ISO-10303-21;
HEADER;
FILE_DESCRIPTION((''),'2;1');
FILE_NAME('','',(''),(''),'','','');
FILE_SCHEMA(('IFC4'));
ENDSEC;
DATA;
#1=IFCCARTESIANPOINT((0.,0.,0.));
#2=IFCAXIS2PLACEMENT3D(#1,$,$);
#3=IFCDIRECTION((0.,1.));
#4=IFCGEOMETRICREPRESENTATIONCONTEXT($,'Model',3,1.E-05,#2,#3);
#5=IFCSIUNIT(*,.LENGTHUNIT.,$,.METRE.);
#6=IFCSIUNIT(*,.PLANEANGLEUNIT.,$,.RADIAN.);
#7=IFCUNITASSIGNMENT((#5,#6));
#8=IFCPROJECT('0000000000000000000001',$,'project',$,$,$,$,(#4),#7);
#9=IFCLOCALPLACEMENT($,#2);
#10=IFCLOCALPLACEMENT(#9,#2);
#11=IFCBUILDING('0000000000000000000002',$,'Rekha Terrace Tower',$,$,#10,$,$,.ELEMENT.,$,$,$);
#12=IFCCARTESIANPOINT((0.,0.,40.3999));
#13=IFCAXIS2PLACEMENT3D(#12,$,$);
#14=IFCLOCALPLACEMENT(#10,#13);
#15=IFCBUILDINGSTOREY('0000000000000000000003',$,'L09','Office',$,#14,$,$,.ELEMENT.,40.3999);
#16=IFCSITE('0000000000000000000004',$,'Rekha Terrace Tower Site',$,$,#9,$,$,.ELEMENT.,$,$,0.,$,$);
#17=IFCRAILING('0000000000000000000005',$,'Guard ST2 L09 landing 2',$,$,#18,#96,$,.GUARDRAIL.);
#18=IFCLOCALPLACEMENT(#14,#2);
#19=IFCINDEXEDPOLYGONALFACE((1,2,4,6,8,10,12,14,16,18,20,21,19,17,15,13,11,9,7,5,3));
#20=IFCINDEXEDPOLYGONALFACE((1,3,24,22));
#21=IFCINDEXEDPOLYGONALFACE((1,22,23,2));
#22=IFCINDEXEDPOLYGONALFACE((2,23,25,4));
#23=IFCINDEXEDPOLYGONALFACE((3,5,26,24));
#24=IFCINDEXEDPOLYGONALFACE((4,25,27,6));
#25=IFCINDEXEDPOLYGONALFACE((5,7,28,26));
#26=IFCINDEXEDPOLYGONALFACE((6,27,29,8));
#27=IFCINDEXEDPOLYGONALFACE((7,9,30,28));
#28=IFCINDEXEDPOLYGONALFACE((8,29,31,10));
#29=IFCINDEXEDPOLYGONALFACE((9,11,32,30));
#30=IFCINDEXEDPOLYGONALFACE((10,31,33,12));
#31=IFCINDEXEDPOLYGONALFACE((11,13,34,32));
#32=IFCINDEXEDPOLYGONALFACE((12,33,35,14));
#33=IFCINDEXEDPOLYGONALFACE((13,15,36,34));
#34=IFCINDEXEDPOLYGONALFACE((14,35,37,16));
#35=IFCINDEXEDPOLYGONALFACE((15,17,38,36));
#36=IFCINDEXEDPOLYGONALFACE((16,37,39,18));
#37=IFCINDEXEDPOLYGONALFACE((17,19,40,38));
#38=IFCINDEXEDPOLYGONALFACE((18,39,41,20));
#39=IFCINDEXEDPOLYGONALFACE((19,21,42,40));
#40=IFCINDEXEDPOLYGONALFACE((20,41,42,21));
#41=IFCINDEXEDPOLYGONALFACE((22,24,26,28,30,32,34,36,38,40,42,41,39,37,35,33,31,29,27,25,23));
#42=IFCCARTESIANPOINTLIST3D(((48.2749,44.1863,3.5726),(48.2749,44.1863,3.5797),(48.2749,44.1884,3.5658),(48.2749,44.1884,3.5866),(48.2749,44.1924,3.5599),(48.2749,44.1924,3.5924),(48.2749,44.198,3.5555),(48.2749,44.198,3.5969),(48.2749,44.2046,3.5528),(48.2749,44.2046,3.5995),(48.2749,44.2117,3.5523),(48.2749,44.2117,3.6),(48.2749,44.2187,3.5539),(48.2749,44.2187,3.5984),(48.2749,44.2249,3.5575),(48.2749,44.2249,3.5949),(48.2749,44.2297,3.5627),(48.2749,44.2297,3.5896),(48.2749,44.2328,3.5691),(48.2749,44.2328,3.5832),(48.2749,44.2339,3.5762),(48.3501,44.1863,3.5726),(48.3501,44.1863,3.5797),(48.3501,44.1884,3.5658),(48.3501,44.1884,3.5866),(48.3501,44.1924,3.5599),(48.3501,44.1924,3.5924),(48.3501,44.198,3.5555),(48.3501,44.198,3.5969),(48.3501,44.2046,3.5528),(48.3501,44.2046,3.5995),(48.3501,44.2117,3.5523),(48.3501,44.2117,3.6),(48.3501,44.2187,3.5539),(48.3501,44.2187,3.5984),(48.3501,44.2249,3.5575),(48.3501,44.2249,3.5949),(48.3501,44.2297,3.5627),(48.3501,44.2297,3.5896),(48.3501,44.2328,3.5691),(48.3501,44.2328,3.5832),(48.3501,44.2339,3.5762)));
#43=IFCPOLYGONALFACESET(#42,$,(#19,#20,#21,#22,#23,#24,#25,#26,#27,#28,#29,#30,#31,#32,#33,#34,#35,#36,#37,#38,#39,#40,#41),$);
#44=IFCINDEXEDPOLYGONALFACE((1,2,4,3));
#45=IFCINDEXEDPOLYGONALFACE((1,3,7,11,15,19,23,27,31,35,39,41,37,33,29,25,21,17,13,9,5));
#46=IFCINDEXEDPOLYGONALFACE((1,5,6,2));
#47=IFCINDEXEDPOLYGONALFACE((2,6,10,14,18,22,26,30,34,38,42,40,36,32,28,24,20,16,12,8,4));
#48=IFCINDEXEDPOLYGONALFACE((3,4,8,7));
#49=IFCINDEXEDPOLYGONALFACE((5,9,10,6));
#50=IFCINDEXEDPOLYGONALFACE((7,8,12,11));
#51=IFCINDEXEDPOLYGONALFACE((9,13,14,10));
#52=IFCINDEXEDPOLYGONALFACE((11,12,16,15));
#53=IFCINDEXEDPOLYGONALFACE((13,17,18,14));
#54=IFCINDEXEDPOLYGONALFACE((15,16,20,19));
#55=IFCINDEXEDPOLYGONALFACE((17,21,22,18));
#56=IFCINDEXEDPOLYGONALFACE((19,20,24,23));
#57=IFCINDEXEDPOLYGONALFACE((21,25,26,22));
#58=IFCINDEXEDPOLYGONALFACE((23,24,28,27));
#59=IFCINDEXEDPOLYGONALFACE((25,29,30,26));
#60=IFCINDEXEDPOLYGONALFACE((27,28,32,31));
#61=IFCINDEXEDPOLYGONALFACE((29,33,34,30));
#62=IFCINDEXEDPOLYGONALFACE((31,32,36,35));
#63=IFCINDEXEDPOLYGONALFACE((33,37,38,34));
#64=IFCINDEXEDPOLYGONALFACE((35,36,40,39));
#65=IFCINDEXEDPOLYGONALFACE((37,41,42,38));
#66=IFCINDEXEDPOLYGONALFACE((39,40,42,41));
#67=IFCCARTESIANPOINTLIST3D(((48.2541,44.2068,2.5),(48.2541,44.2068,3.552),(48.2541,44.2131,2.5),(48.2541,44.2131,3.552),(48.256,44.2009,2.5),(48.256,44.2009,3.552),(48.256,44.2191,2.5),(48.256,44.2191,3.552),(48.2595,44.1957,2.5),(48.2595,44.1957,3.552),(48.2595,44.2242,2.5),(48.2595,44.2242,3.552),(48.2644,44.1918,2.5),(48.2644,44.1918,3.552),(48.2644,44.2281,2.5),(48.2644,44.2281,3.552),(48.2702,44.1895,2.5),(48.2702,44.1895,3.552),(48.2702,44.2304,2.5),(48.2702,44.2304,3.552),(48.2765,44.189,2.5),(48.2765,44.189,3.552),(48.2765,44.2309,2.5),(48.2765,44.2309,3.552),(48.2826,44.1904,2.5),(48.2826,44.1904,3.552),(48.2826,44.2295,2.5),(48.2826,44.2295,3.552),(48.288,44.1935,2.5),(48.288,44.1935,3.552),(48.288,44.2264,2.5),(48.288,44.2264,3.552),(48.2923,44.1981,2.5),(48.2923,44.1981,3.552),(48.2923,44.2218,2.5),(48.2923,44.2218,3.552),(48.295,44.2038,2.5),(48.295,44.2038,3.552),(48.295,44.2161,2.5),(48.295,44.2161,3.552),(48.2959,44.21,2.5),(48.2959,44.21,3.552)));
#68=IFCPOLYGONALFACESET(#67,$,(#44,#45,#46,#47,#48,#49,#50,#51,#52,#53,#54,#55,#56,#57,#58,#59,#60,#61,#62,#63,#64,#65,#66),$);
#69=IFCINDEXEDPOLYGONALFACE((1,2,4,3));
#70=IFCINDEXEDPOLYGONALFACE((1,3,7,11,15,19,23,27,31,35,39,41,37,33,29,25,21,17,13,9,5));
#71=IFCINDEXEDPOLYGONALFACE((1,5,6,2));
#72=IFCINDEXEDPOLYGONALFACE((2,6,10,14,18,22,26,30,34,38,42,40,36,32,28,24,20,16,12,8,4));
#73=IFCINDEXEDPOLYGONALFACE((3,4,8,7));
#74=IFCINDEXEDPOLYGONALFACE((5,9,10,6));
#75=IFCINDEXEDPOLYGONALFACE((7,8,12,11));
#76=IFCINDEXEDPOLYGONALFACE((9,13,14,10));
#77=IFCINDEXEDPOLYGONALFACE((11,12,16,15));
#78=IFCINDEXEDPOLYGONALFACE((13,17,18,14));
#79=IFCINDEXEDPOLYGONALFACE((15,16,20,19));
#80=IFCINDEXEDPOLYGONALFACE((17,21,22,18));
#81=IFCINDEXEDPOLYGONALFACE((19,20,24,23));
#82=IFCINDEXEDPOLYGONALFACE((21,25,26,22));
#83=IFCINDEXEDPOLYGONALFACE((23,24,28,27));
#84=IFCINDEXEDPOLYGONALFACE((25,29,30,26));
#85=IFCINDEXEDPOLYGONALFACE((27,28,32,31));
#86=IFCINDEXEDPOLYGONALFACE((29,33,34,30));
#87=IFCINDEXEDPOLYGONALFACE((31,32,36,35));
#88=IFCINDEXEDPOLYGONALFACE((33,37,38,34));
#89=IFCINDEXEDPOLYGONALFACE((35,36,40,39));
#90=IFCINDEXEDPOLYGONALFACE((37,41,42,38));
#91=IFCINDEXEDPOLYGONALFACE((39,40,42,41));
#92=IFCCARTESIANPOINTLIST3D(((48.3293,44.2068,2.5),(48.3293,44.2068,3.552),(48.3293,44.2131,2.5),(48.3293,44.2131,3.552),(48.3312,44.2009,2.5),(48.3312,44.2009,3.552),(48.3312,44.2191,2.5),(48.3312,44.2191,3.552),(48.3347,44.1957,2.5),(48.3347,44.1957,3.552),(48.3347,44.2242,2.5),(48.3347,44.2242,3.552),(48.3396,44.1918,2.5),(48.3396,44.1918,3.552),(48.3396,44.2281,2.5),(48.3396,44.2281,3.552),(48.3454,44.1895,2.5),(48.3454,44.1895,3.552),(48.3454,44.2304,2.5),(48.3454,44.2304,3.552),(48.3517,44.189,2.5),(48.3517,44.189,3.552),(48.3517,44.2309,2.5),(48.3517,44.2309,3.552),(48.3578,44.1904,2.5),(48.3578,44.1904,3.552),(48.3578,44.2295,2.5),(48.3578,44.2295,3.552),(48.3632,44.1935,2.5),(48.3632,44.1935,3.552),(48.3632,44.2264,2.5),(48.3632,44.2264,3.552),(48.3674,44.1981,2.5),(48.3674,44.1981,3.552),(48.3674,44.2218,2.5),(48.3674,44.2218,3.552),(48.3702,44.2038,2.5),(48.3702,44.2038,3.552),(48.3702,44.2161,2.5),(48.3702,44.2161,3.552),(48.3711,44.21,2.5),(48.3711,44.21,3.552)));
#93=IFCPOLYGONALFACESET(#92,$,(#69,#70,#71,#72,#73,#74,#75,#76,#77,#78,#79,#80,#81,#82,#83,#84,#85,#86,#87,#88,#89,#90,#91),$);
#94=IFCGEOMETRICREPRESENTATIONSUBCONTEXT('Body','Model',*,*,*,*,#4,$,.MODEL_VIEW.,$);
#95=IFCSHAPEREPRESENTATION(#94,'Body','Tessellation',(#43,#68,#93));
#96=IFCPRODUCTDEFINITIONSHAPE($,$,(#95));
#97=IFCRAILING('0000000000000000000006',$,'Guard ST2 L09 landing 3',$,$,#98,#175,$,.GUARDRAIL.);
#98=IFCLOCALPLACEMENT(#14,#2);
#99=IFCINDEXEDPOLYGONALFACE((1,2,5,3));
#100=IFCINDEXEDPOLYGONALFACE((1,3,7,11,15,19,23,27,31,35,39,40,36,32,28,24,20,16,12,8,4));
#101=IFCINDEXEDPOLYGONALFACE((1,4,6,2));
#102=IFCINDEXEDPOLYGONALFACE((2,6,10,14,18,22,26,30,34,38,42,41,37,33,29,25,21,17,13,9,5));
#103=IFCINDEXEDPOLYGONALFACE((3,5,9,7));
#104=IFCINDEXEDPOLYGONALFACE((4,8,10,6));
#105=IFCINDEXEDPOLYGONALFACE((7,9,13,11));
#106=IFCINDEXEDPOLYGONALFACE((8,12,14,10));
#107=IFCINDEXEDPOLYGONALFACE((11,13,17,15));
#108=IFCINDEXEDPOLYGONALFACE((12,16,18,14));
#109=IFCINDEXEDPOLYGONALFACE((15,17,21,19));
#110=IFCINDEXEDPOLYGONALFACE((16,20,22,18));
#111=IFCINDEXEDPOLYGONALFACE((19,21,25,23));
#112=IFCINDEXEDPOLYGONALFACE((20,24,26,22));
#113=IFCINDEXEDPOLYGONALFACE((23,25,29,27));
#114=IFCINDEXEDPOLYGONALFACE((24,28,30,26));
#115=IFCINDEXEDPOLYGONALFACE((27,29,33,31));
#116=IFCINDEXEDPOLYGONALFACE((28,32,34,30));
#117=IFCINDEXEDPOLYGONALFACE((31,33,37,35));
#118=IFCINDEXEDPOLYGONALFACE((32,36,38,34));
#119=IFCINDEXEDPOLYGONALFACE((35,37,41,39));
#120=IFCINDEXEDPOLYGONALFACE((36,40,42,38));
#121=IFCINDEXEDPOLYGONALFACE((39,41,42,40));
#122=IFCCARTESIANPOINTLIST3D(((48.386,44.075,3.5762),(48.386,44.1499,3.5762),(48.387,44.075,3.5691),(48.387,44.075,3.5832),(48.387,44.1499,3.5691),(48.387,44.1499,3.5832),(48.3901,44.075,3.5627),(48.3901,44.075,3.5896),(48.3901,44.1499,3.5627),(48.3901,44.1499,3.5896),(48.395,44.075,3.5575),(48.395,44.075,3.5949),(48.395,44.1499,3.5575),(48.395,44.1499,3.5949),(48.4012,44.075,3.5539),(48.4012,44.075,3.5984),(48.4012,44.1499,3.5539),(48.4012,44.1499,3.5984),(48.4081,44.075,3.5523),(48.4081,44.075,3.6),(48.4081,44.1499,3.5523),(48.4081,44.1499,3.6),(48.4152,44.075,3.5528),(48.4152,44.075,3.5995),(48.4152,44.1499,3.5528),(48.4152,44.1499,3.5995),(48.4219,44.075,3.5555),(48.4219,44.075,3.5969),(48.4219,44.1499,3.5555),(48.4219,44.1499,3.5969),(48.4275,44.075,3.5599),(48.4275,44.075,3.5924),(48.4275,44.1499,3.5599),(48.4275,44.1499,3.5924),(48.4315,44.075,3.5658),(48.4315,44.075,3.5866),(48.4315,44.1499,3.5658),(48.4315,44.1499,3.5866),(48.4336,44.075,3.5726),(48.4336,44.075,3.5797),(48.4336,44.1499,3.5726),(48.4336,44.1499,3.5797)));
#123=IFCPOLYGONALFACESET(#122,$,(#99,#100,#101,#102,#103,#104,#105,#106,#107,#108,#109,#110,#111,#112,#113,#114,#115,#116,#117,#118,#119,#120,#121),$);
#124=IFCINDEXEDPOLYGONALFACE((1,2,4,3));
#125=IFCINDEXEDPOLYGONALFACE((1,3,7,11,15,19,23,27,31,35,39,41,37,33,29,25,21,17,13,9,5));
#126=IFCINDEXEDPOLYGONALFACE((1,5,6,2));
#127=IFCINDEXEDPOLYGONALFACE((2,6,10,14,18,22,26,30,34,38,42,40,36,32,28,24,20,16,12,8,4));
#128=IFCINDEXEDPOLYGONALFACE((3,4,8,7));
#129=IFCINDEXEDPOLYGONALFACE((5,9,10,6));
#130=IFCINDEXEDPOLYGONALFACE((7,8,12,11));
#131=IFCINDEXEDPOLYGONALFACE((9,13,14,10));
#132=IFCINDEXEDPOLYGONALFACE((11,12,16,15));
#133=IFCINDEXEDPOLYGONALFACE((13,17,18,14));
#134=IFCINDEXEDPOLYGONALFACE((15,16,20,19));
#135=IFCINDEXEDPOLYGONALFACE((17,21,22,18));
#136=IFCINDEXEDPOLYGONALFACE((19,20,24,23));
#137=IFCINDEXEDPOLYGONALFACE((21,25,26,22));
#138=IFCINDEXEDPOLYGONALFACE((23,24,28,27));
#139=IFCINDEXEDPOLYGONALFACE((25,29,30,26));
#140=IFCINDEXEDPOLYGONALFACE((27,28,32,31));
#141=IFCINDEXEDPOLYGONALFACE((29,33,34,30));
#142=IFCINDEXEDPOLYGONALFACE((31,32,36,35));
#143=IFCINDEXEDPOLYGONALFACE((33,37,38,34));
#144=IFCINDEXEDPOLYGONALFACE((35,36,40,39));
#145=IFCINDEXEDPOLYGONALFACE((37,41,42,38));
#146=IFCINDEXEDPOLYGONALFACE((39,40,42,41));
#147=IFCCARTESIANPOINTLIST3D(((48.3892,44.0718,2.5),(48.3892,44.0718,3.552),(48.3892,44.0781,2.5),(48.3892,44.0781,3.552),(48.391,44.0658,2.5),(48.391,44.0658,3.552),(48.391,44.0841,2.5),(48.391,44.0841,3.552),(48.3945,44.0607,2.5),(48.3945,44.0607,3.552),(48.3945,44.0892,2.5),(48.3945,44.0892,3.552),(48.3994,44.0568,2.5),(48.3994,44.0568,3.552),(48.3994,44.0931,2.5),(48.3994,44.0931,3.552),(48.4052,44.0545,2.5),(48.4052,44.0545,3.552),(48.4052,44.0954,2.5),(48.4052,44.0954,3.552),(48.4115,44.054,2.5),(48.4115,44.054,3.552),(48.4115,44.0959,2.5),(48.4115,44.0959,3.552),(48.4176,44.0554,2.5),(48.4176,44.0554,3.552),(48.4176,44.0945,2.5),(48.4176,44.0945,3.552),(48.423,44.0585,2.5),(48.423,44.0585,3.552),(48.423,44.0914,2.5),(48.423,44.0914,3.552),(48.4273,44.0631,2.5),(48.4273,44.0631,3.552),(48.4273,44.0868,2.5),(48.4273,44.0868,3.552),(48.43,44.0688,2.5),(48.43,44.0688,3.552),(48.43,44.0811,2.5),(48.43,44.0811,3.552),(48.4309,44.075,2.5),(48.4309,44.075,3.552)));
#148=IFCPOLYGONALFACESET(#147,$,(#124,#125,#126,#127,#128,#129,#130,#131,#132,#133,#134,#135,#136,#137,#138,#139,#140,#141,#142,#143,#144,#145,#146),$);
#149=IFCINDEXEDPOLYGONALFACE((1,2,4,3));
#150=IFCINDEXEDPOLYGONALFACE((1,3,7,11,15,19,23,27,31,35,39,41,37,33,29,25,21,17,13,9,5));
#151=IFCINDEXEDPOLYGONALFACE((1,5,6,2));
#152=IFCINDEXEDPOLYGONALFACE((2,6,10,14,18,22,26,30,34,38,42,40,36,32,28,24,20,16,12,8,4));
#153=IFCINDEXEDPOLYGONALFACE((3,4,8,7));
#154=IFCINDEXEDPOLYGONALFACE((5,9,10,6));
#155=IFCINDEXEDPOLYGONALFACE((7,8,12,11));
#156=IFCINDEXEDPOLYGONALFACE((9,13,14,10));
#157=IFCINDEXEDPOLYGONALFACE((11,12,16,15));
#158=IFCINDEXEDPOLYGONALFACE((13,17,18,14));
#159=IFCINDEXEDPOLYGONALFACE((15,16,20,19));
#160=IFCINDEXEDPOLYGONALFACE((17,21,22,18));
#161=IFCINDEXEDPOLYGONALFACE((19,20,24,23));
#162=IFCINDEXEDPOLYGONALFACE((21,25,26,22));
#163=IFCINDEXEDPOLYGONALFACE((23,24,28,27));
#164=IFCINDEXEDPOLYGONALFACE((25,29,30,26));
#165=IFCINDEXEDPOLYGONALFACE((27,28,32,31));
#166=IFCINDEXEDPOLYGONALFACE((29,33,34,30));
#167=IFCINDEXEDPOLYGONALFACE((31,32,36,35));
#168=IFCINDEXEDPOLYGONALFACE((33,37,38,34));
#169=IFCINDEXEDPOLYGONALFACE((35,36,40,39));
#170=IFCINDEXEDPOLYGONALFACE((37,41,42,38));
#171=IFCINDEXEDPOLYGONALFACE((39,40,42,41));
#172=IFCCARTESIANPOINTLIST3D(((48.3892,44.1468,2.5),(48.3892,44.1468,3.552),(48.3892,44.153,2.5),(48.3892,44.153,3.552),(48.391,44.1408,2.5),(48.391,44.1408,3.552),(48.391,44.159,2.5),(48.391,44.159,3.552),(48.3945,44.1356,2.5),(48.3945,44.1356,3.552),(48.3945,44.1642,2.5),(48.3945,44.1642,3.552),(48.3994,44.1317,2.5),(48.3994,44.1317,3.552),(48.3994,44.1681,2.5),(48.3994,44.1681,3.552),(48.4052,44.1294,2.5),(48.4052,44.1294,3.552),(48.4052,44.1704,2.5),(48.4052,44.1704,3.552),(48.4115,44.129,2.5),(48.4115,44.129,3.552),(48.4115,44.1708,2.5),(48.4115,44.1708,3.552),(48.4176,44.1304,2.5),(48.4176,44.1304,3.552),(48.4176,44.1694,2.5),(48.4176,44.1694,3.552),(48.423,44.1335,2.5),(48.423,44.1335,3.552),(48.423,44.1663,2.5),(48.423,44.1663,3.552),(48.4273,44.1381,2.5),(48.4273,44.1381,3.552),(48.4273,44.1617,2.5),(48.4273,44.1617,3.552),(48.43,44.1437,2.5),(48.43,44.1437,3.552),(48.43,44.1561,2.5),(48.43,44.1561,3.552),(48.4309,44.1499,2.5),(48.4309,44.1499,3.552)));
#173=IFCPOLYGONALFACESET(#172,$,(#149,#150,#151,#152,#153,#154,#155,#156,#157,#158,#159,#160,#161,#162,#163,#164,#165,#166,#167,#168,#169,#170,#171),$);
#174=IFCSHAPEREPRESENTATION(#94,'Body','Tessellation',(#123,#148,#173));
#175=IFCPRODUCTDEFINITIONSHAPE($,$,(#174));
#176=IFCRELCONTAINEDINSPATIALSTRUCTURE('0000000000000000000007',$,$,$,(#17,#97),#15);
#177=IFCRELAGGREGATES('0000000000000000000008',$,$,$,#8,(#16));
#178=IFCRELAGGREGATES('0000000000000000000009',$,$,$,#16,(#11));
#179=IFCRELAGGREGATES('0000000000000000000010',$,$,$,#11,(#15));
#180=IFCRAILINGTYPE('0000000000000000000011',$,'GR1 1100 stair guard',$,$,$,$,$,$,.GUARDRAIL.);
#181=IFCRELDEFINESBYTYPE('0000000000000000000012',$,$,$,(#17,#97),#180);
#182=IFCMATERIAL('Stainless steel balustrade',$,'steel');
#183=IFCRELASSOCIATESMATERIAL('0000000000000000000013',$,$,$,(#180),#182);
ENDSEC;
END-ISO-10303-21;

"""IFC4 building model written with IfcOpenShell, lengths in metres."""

from ifc_helpers import new_model, si_unit, direction, frame, origin, origin_2d, place, context, subcontext, project, spatial, circle, extrude, material, type_object, element, save


model = new_model("IFC4")

# Units and contexts
model_context = context("Model", 3, precision=1e-05, world=origin(), true_north=direction((0.0, 1.0)))
body_context = subcontext(model_context, "Body", "Model", "MODEL_VIEW")
ifc_project = project(units=[si_unit("LENGTHUNIT", "METRE"), si_unit("PLANEANGLEUNIT", "RADIAN")], contexts=[model_context])

# Site, building, storey
site_placement = place(None, origin())
site = spatial("IfcSite", under=ifc_project, at=site_placement, Name="Rekha Terrace Tower Site", CompositionType="ELEMENT", RefElevation=0.0)
building_placement = place(site_placement, origin())
building = spatial("IfcBuilding", under=site, at=building_placement, Name="Rekha Terrace Tower", CompositionType="ELEMENT")
storey_placement = place(building_placement, frame((0.0, 0.0, 40.3999)))
storey = spatial("IfcBuildingStorey", under=building, at=storey_placement, Name="L09", Description="Office", CompositionType="ELEMENT", Elevation=40.3999)

# Railings
ifc_material_1 = material(Name="Stainless steel balustrade", Category="steel")
railing_type_1 = type_object("IfcRailingType", Name="GR1 1100 stair guard", PredefinedType="GUARDRAIL", material=ifc_material_1)
railing_1_placement = place(storey_placement, frame((48.2749, 44.21, 2.5)))
element("IfcRailing", 1, at=railing_1_placement, inside=storey, type_object=railing_type_1, Name="Guard ST2 L09 landing 2", PredefinedType="GUARDRAIL", context=body_context, shape_type="SweptSolid", body=[
    extrude(circle(Radius=0.0239, at=origin_2d()), frame((0.0, 0.0, 1.0762), z_axis=(1.0, 0.0, 0.0), x_axis=(0.0, 1.0, 0.0)), (0.0, 0.0, 1.0), 0.0752),
    extrude(circle(Radius=0.021, at=origin_2d()), origin(), (0.0, 0.0, 1.0), 1.052),
    extrude(circle(Radius=0.021, at=origin_2d()), frame((0.0752, 0.0, 0.0)), (0.0, 0.0, 1.0), 1.052),
])
railing_2_placement = place(storey_placement, frame((48.4099, 44.075, 2.5)))
element("IfcRailing", 2, at=railing_2_placement, inside=storey, type_object=railing_type_1, Name="Guard ST2 L09 landing 3", PredefinedType="GUARDRAIL", context=body_context, shape_type="SweptSolid", body=[
    extrude(circle(Radius=0.0239, at=origin_2d()), frame((0.0, 0.0, 1.0762), z_axis=(0.0, 1.0, 0.0), x_axis=(-1.0, 0.0, 0.0)), (0.0, 0.0, 1.0), 0.075),
    extrude(circle(Radius=0.021, at=origin_2d()), origin(), (0.0, 0.0, 1.0), 1.052),
    extrude(circle(Radius=0.021, at=origin_2d()), frame((0.0, 0.075, 0.0)), (0.0, 0.0, 1.0), 1.052),
])

save(model, "model.ifc")
